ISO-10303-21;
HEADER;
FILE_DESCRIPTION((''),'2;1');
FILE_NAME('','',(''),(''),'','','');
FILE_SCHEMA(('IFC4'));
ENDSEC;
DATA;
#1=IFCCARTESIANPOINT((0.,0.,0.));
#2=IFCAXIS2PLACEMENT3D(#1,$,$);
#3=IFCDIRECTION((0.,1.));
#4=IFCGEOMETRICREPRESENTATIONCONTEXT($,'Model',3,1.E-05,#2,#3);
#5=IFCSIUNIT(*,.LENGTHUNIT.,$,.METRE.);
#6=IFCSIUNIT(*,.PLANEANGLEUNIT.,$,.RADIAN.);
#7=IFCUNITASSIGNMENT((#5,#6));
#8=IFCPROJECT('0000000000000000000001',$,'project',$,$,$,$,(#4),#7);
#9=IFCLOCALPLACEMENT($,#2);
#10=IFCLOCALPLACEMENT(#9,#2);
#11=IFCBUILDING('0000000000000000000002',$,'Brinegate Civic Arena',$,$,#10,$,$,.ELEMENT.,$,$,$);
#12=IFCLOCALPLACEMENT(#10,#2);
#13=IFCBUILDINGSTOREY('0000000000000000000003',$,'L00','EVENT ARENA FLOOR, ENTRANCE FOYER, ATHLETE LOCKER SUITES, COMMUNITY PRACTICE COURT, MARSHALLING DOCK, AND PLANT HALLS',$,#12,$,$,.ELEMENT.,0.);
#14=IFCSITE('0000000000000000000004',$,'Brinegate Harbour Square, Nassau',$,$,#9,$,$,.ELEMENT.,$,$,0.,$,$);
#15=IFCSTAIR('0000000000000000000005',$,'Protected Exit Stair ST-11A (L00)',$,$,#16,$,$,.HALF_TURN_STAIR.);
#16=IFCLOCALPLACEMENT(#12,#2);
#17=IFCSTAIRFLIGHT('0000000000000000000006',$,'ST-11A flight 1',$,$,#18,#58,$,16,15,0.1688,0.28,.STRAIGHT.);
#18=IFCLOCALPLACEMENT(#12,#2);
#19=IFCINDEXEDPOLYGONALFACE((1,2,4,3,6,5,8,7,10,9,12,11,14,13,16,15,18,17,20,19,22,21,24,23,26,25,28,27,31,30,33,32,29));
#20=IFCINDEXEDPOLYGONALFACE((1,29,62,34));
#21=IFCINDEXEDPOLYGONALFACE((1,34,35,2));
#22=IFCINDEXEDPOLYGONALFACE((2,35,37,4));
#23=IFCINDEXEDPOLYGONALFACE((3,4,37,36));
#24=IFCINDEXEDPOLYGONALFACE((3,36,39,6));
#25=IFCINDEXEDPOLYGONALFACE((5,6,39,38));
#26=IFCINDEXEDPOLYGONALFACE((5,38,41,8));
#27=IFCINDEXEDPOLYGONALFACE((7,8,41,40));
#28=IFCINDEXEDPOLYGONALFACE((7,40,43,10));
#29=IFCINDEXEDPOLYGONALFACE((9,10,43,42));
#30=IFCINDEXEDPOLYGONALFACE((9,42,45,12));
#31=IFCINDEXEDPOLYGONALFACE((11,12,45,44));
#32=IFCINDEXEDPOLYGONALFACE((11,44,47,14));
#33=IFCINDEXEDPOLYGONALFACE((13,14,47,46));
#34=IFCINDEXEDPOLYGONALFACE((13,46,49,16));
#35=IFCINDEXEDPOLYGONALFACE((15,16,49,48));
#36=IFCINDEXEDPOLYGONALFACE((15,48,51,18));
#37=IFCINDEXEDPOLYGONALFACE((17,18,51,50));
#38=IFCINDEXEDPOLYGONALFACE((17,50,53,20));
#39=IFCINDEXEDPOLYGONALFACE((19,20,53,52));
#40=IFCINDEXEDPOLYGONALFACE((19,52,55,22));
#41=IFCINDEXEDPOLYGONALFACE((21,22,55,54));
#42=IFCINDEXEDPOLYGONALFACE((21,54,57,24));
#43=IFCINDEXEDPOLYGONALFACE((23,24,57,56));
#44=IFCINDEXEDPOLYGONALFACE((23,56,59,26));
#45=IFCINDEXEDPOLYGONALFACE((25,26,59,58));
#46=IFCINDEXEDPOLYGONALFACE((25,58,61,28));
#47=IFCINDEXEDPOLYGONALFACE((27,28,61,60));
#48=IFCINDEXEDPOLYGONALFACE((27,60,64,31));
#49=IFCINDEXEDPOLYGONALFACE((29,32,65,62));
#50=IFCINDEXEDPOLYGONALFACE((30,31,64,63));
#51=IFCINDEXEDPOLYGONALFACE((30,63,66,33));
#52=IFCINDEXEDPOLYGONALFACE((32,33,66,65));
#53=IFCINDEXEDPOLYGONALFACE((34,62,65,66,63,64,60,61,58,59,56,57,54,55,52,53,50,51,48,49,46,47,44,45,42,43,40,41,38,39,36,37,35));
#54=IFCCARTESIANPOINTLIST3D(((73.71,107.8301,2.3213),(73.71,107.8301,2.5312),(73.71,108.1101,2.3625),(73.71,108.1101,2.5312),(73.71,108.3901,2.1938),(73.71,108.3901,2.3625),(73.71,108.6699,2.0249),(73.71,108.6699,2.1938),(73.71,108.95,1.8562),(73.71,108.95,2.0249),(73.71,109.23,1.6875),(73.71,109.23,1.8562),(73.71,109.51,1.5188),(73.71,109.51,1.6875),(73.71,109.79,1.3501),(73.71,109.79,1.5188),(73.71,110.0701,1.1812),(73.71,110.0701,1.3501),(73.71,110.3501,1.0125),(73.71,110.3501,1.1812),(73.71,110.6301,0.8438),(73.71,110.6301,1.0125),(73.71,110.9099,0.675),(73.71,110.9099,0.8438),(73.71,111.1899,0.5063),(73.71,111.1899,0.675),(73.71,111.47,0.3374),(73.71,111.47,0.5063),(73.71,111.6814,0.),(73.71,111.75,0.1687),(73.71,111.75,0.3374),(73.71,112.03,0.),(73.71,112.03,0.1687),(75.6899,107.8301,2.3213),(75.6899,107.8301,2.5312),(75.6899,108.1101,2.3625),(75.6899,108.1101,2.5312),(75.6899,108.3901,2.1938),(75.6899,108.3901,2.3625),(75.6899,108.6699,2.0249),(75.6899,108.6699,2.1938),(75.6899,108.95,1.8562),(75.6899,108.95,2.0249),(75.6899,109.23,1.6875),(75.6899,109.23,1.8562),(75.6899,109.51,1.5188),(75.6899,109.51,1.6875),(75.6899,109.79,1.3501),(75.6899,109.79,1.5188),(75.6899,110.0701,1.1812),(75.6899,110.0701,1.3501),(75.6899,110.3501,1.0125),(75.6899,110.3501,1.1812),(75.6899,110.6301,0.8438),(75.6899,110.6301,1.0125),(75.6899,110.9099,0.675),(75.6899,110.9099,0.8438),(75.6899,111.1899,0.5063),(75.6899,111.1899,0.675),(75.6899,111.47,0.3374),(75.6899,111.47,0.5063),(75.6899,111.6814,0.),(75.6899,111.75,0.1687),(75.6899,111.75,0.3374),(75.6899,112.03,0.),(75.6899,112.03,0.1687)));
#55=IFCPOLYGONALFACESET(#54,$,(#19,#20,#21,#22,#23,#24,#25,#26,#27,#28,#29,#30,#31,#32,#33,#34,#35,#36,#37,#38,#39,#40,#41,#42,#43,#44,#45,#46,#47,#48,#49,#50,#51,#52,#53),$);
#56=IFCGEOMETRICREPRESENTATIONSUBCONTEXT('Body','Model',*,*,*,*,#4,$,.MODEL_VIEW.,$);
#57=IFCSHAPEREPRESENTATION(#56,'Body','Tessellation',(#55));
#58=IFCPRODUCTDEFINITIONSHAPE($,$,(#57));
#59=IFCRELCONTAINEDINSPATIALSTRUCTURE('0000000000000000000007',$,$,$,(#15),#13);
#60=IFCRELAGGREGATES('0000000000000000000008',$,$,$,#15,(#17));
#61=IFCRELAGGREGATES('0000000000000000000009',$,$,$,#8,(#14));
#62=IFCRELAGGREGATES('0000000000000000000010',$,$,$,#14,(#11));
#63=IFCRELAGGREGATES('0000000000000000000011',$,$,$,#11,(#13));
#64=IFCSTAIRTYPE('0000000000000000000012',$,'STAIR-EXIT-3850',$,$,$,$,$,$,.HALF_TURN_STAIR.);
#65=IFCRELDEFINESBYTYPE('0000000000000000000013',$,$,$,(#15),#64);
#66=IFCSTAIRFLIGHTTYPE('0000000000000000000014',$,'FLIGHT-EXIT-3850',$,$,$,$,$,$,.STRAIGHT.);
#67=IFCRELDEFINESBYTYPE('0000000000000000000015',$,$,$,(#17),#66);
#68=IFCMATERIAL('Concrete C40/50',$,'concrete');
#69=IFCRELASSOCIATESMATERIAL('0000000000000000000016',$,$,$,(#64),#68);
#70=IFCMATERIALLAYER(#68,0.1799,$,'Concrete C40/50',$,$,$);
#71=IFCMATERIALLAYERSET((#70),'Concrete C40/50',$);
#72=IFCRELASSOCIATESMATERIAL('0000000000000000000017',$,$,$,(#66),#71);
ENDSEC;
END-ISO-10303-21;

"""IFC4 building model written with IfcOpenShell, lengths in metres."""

from ifc_helpers import new_model, si_unit, direction, frame, origin, place, context, subcontext, project, spatial, polyline, outline, extrude, material, layer, layer_set, type_object, element, aggregate, save


model = new_model("IFC4")

# Units and contexts
model_context = context("Model", 3, precision=1e-05, world=origin(), true_north=direction((0.0, 1.0)))
body_context = subcontext(model_context, "Body", "Model", "MODEL_VIEW")
ifc_project = project(units=[si_unit("LENGTHUNIT", "METRE"), si_unit("PLANEANGLEUNIT", "RADIAN")], contexts=[model_context])

# Site, building, storey
site_placement = place(None, origin())
site = spatial("IfcSite", under=ifc_project, at=site_placement, Name="Brinegate Harbour Square, Nassau", CompositionType="ELEMENT", RefElevation=0.0)
building_placement = place(site_placement, origin())
building = spatial("IfcBuilding", under=site, at=building_placement, Name="Brinegate Civic Arena", CompositionType="ELEMENT")
storey_placement = place(building_placement, origin())
storey = spatial("IfcBuildingStorey", under=building, at=storey_placement, Name="L00", Description="EVENT ARENA FLOOR, ENTRANCE FOYER, ATHLETE LOCKER SUITES, COMMUNITY PRACTICE COURT, MARSHALLING DOCK, AND PLANT HALLS", CompositionType="ELEMENT", Elevation=0.0)

# Shared definitions
ifc_material_1 = material(Name="Concrete C40/50", Category="concrete")

# Stair, stair flight
stair_type_1 = type_object("IfcStairType", Name="STAIR-EXIT-3850", PredefinedType="HALF_TURN_STAIR", material=ifc_material_1)
ifc_layer_1 = layer(ifc_material_1, 0.1799, Name="Concrete C40/50")
ifc_layer_set_1 = layer_set([ifc_layer_1], Name="Concrete C40/50")
stair_flight_type_1 = type_object("IfcStairFlightType", Name="FLIGHT-EXIT-3850", PredefinedType="STRAIGHT", material=ifc_layer_set_1)
stair_1_placement = place(storey_placement, origin())
stair_1 = element("IfcStair", 1, at=stair_1_placement, inside=storey, type_object=stair_type_1, Name="Protected Exit Stair ST-11A (L00)", PredefinedType="HALF_TURN_STAIR")
stair_flight_1_placement = place(storey_placement, frame((74.7, 112.03, 0.0), z_axis=(0.0, 0.0, 1.0), x_axis=(0.0, -1.0, 0.0)))
stair_flight_1 = element("IfcStairFlight", 2, at=stair_flight_1_placement, type_object=stair_flight_type_1, Name="ST-11A flight 1", NumberOfRisers=16, NumberOfTreads=15, PredefinedType="STRAIGHT", RiserHeight=0.1688, TreadLength=0.28, context=body_context, shape_type="SweptSolid", body=[
    extrude(outline(polyline([(0.0, 0.0), (0.0, 0.1687), (0.28, 0.1687), (0.28, 0.3374), (0.5601, 0.3374), (0.5601, 0.5063), (0.8401, 0.5063), (0.8401, 0.675), (1.1201, 0.675), (1.1201, 0.8438), (1.3999, 0.8438), (1.3999, 1.0125), (1.6799, 1.0125), (1.6799, 1.1812), (1.96, 1.1812), (1.96, 1.3501), (2.24, 1.3501), (2.24, 1.5188), (2.52, 1.5188), (2.52, 1.6875), (2.8, 1.6875), (2.8, 1.8562), (3.0801, 1.8562), (3.0801, 2.0249), (3.3601, 2.0249), (3.3601, 2.1938), (3.6399, 2.1938), (3.6399, 2.3625), (3.9199, 2.3625), (3.9199, 2.5312), (4.2, 2.5312), (4.2, 2.7), (4.2, 2.3213), (0.3486, 0.0), (0.0, 0.0)])), frame((0.0, 0.99, 0.0), z_axis=(0.0, -1.0, 0.0), x_axis=(1.0, 0.0, 0.0)), (0.0, 0.0, 1.0), 1.98),
])
aggregate(stair_1, [stair_flight_1])

save(model, "model.ifc")
